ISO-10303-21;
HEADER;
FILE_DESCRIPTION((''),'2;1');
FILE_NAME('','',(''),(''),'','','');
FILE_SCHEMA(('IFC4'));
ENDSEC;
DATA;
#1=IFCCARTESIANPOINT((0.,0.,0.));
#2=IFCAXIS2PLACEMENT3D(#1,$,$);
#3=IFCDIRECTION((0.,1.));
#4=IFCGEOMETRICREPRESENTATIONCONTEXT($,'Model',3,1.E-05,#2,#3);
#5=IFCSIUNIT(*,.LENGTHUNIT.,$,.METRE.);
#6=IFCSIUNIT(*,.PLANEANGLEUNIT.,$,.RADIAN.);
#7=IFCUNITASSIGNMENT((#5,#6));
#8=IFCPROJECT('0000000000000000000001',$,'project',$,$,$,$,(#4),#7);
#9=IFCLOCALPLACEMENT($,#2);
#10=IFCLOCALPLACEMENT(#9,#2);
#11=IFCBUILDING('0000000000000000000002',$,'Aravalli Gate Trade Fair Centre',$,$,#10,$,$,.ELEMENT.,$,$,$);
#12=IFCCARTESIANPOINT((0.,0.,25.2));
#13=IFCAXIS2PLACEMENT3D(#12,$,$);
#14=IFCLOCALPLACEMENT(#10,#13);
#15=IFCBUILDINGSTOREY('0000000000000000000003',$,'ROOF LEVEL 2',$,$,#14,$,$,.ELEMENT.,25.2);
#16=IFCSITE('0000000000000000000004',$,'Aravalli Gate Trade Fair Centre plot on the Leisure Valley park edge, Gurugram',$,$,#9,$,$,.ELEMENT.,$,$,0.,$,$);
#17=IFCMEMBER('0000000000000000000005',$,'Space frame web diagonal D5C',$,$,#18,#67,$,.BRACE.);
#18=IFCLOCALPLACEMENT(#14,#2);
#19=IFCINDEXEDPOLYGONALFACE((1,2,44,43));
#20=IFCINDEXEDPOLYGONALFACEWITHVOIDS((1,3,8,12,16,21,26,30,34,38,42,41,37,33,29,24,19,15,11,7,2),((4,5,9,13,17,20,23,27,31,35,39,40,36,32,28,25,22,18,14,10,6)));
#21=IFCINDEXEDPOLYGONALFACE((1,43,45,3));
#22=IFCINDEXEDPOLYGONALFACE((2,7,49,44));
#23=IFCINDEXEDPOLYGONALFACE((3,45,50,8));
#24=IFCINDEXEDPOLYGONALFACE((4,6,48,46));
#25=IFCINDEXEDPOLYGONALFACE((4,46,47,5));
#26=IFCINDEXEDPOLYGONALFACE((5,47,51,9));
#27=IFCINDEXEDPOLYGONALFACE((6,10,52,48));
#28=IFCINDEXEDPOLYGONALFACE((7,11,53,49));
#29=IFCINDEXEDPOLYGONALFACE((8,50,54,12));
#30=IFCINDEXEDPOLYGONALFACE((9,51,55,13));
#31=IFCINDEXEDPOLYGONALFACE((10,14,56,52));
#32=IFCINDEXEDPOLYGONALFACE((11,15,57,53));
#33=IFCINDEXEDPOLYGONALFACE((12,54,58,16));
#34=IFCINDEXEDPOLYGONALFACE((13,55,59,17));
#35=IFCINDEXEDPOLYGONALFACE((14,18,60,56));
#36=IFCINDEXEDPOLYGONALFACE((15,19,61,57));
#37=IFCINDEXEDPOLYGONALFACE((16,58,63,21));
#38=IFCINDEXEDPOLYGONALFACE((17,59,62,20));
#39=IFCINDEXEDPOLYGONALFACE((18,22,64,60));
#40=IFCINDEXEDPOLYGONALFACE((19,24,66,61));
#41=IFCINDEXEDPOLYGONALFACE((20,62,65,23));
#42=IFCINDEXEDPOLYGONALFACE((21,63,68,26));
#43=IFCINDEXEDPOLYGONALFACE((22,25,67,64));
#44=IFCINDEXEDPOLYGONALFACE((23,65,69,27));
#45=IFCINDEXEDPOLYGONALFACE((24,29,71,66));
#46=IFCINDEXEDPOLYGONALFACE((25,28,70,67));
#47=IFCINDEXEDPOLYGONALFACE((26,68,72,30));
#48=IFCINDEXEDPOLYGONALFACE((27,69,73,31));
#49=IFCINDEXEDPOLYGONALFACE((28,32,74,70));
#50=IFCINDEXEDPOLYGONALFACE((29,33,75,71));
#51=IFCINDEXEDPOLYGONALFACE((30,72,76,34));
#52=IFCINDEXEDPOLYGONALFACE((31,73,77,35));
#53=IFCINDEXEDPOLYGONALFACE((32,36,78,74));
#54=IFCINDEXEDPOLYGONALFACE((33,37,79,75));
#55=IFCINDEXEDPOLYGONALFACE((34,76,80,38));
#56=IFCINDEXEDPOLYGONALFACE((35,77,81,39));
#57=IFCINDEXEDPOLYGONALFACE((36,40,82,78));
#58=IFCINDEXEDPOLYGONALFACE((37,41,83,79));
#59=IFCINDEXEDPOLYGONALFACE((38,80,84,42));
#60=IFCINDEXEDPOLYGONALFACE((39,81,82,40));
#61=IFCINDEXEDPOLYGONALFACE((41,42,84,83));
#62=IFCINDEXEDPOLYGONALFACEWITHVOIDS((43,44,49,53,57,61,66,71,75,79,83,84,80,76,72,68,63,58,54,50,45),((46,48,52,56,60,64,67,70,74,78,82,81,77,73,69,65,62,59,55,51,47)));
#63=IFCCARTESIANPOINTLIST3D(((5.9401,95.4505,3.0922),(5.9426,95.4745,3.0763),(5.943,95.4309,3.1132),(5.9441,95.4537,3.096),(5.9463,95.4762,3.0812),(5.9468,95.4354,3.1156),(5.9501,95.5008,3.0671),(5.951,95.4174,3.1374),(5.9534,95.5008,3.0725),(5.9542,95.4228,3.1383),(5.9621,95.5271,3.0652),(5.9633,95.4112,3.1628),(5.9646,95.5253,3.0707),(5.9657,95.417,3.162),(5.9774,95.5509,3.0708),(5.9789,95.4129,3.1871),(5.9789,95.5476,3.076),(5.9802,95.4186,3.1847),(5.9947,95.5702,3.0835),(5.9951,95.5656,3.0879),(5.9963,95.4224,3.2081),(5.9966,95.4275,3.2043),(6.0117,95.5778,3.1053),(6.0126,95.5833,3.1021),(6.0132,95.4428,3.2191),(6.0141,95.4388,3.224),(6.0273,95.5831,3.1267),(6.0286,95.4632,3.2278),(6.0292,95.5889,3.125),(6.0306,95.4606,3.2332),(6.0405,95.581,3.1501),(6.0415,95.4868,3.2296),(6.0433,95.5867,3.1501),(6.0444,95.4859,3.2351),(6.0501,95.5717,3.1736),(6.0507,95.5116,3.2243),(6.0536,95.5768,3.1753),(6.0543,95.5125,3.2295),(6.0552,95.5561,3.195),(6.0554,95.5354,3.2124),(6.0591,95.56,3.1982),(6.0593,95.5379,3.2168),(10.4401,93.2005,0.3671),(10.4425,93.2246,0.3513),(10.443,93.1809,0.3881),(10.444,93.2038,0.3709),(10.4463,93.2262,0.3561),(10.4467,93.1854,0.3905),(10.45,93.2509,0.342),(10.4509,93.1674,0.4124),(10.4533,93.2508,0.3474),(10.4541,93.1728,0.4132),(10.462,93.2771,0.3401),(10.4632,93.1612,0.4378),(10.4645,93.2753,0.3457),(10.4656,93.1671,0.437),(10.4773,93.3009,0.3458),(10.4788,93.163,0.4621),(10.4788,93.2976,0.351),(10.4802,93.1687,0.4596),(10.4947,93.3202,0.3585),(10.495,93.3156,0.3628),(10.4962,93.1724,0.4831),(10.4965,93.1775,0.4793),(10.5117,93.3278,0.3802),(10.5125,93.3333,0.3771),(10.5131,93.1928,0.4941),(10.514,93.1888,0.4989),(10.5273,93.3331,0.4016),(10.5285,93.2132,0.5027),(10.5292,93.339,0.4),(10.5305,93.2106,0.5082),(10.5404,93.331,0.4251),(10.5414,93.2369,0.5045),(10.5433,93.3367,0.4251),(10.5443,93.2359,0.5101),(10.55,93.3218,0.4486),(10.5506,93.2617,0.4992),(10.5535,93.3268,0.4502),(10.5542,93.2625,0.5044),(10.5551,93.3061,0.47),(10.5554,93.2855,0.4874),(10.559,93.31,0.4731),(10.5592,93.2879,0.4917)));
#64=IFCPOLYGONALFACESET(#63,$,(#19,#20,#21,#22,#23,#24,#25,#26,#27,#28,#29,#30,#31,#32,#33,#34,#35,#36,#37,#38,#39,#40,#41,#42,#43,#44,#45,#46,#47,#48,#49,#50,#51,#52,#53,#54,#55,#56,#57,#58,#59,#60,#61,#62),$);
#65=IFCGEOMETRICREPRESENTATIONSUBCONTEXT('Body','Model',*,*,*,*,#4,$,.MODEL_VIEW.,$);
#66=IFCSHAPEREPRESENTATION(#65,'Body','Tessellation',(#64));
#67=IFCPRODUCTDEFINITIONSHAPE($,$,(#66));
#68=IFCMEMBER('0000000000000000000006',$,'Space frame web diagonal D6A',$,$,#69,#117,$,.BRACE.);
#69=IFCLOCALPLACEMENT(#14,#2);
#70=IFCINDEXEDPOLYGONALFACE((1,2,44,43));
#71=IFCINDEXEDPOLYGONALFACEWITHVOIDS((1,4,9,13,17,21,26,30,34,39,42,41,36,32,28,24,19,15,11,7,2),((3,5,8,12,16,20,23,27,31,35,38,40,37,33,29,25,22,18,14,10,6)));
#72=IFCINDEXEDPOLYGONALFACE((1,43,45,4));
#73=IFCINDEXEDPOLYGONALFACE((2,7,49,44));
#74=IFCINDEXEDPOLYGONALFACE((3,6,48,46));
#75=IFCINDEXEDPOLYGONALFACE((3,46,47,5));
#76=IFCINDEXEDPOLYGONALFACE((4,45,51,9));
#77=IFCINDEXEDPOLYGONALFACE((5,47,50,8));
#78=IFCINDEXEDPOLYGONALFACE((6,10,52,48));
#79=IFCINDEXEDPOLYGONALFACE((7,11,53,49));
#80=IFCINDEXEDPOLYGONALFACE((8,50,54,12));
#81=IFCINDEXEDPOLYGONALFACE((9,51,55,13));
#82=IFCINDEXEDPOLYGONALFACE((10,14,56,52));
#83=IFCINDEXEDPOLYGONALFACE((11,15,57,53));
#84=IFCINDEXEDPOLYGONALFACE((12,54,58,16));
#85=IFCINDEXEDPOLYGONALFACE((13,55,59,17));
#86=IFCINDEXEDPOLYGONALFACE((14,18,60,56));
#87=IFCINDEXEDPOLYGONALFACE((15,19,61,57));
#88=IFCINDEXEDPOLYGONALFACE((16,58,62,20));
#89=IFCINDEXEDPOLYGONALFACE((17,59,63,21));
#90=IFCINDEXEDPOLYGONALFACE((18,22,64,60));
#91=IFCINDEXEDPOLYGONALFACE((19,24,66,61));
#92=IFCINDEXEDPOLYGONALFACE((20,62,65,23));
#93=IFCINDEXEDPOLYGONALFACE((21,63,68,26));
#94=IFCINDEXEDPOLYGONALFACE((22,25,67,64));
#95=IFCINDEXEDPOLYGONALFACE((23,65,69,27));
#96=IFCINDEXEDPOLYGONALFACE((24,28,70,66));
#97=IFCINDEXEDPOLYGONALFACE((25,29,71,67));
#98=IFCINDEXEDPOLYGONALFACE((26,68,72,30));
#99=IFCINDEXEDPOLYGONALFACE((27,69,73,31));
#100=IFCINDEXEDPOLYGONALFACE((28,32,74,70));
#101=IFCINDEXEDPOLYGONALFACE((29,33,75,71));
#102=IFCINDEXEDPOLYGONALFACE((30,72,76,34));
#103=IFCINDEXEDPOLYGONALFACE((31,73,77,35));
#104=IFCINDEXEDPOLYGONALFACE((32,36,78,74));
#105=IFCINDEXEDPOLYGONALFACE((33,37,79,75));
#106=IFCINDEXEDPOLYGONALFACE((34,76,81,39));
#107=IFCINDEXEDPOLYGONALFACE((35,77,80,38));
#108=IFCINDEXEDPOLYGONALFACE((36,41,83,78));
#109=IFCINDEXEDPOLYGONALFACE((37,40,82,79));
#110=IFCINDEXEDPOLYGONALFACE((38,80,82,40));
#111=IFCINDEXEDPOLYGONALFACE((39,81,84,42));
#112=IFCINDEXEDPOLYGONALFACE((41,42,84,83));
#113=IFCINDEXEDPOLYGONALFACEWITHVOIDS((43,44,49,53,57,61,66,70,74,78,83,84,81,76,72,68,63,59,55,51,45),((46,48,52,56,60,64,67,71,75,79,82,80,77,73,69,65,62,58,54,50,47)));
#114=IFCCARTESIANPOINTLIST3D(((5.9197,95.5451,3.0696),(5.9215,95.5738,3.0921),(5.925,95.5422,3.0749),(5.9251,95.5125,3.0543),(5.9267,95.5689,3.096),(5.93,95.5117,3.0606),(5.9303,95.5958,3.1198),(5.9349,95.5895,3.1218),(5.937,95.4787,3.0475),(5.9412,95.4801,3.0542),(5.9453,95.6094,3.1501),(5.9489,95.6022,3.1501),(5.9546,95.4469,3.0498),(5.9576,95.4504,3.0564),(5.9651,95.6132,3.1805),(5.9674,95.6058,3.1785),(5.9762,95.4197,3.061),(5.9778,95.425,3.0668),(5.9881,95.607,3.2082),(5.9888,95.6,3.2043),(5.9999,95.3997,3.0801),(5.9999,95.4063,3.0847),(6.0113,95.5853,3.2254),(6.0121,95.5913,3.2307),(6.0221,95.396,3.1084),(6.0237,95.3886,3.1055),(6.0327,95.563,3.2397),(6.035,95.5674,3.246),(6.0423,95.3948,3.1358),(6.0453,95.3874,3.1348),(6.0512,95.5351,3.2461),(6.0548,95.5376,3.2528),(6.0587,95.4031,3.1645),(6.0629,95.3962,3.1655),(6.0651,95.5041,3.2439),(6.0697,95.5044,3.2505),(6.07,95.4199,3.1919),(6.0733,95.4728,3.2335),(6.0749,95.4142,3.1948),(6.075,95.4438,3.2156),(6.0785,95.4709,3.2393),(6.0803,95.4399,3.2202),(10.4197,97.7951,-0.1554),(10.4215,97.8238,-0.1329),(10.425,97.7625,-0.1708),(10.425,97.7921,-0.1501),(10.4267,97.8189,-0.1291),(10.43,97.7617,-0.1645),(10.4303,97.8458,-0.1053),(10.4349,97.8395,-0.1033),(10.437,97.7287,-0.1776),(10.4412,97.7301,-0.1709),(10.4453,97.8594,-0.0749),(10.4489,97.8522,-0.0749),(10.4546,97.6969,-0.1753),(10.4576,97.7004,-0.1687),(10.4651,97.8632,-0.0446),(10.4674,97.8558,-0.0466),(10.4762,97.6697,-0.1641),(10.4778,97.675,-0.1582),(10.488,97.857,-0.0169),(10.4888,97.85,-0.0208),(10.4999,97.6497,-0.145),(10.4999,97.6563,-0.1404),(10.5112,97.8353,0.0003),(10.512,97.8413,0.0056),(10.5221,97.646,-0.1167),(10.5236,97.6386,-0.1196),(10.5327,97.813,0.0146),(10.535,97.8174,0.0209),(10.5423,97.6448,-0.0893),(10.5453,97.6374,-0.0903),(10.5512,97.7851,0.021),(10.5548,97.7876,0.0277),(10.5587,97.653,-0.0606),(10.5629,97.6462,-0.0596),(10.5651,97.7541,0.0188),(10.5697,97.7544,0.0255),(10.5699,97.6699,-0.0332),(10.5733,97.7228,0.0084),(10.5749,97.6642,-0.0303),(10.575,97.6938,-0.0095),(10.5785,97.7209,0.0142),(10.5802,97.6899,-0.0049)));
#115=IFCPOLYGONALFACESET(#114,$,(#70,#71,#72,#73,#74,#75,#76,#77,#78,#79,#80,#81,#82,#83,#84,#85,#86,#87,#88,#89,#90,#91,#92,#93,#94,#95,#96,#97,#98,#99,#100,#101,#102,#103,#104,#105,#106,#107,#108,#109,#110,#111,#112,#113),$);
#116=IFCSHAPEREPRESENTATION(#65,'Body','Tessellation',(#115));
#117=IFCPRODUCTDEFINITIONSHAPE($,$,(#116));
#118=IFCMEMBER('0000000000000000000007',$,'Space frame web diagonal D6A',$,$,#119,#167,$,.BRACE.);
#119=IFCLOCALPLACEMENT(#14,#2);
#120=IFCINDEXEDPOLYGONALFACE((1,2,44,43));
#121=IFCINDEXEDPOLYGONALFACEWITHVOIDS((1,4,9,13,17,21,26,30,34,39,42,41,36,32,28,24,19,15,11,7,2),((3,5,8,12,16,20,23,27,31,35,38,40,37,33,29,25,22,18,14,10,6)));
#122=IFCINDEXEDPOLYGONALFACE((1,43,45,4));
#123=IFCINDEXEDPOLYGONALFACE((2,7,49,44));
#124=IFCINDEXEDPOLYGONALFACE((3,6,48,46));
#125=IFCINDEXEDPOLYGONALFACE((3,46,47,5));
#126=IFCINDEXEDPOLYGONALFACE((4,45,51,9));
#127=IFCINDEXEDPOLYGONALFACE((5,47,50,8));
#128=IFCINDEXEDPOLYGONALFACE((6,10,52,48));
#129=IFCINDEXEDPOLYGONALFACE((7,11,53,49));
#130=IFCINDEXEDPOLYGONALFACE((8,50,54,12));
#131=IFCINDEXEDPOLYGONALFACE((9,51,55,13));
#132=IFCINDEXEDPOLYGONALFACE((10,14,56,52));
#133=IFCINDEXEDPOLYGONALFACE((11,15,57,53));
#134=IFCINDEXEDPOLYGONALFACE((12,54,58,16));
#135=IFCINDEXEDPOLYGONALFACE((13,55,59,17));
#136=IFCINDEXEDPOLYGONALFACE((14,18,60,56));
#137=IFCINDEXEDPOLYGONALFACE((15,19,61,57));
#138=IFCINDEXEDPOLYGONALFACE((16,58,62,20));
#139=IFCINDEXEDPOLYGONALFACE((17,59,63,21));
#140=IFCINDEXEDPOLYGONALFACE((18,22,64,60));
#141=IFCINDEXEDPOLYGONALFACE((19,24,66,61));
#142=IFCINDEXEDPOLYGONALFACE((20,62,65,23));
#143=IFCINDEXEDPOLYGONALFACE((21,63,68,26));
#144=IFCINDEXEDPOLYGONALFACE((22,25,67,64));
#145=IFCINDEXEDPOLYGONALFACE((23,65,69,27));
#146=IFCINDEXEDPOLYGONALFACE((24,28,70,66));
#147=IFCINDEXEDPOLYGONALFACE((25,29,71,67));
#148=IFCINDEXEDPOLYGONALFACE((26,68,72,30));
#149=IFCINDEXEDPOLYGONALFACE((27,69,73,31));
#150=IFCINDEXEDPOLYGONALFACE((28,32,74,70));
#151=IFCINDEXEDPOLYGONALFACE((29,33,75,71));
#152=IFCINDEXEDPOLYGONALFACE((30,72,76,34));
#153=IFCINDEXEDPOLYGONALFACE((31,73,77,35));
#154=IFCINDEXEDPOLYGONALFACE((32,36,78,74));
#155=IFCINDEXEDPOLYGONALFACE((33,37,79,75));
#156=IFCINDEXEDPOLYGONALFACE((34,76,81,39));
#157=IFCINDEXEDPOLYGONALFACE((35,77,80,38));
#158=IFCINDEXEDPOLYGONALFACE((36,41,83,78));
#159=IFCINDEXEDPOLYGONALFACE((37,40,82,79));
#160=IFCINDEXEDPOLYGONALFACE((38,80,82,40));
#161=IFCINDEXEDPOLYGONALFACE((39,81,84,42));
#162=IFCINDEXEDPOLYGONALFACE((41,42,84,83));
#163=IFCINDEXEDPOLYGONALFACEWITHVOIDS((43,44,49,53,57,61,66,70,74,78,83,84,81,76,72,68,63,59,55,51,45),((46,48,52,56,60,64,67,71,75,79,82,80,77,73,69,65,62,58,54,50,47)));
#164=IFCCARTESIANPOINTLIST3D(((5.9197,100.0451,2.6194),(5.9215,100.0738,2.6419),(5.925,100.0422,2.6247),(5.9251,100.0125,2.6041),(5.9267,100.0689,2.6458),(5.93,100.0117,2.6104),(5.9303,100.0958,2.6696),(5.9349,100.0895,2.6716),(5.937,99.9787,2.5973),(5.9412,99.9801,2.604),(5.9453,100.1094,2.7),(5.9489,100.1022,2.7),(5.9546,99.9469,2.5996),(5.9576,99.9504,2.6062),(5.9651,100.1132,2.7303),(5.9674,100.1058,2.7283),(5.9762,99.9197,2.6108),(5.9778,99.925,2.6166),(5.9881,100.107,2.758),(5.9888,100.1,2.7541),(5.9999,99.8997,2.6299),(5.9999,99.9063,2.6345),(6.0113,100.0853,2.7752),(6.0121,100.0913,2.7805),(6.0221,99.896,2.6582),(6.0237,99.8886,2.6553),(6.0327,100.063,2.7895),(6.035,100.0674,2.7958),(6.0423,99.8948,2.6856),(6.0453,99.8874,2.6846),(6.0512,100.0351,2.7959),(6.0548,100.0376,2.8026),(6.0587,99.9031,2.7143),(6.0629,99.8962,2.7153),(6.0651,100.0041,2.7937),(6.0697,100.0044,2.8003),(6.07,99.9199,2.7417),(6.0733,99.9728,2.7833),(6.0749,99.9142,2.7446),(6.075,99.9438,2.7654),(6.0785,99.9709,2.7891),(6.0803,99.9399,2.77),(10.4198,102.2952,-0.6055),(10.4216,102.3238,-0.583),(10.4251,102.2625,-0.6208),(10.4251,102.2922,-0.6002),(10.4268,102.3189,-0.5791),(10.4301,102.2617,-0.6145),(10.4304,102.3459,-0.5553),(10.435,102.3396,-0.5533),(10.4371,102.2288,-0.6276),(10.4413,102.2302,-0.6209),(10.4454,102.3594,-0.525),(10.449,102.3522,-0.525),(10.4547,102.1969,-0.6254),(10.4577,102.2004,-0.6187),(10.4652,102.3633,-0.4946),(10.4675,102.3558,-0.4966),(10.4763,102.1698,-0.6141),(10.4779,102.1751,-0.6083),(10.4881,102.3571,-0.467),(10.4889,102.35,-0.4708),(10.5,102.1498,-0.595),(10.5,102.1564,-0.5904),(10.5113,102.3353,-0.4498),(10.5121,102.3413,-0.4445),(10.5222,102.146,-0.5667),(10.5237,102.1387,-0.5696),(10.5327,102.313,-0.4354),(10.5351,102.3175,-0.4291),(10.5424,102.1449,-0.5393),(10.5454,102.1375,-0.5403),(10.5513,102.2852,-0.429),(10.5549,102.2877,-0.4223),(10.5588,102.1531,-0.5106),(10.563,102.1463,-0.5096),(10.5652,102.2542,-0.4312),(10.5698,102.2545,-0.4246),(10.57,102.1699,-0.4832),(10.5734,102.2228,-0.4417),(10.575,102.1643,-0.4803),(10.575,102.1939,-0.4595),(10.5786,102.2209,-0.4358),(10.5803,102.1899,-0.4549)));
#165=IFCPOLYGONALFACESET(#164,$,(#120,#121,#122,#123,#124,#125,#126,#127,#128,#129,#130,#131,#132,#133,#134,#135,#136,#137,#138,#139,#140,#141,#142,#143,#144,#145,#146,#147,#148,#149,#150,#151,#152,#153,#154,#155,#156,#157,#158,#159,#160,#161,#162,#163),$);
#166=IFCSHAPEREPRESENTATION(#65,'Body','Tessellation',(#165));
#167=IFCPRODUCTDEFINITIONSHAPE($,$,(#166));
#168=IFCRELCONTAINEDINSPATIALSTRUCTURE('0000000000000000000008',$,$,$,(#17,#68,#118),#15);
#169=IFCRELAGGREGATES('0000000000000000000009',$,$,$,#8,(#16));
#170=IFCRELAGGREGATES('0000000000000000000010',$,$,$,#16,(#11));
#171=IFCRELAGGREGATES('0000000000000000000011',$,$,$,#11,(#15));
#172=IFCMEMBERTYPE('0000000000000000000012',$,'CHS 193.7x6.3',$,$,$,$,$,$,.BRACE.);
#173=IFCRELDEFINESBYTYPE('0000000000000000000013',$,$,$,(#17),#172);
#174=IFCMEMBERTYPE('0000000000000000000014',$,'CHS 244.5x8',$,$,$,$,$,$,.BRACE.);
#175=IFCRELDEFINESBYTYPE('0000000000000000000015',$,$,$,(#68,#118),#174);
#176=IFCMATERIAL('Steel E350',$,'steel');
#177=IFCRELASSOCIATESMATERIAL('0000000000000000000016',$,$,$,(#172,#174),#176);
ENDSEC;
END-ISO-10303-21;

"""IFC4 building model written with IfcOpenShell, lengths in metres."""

from ifc_helpers import new_model, si_unit, direction, frame, origin, origin_2d, place, context, subcontext, project, spatial, hollow_circle, extrude, material, material_profile, profile_set, type_object, element, save


model = new_model("IFC4")

# Units and contexts
model_context = context("Model", 3, precision=1e-05, world=origin(), true_north=direction((0.0, 1.0)))
body_context = subcontext(model_context, "Body", "Model", "MODEL_VIEW")
ifc_project = project(units=[si_unit("LENGTHUNIT", "METRE"), si_unit("PLANEANGLEUNIT", "RADIAN")], contexts=[model_context])

# Site, building, storey
site_placement = place(None, origin())
site = spatial("IfcSite", under=ifc_project, at=site_placement, Name="Aravalli Gate Trade Fair Centre plot on the Leisure Valley park edge, Gurugram", CompositionType="ELEMENT", RefElevation=0.0)
building_placement = place(site_placement, origin())
building = spatial("IfcBuilding", under=site, at=building_placement, Name="Aravalli Gate Trade Fair Centre", CompositionType="ELEMENT")
storey_placement = place(building_placement, frame((0.0, 0.0, 25.2)))
storey = spatial("IfcBuildingStorey", under=building, at=storey_placement, Name="ROOF LEVEL 2", CompositionType="ELEMENT", Elevation=25.2)

# Members
ifc_material_1 = material(Name="Steel E350", Category="steel")
ifc_material_profile_1 = material_profile(ifc_material_1, hollow_circle(Radius=0.0969, WallThickness=0.0063, at=origin_2d()), Name="CHS 193.7x6.3")
ifc_profile_set_1 = profile_set([ifc_material_profile_1], Name="Steel E350")
member_type_1 = type_object("IfcMemberType", Name="CHS 193.7x6.3", PredefinedType="BRACE", material=ifc_profile_set_1)
member_1_placement = place(storey_placement, frame((6.0, 95.5, 3.1501), z_axis=(0.78647, -0.393235, -0.476268), x_axis=(0.447214, 0.894427, 0.0)))
element("IfcMember", 1, at=member_1_placement, inside=storey, type_object=member_type_1, Name="Space frame web diagonal D5C", PredefinedType="BRACE", context=body_context, shape_type="SweptSolid", body=[
    extrude(hollow_circle(Radius=0.0969, WallThickness=0.0063, at=origin_2d()), origin(), (0.0, 0.0, 1.0), 5.7217),
])
ifc_material_profile_2 = material_profile(ifc_material_1, hollow_circle(Radius=0.1223, WallThickness=0.0081, at=origin_2d()), Name="CHS 244.5x8")
ifc_profile_set_2 = profile_set([ifc_material_profile_2], Name="Steel E350")
member_type_2 = type_object("IfcMemberType", Name="CHS 244.5x8", PredefinedType="BRACE", material=ifc_profile_set_2)
for number, where, z_axis, x_axis, name in (
    (2, (6.0, 95.5, 3.1501), (0.753, 0.3765, -0.539666), (-0.447214, 0.894427, 0.0), "Space frame web diagonal D6A"),
    (3, (6.0, 100.0, 2.7), (0.753016, 0.376508, -0.539637), (-0.447214, 0.894427, 0.0), "Space frame web diagonal D6A"),
):
    element("IfcMember", number, at=place(storey_placement, frame(where, z_axis=z_axis, x_axis=x_axis)), inside=storey, type_object=member_type_2, Name=name, PredefinedType="BRACE", context=body_context, shape_type="SweptSolid", body=[
        extrude(hollow_circle(Radius=0.1223, WallThickness=0.0081, at=origin_2d()), origin(), (0.0, 0.0, 1.0), 5.9761),
    ])

save(model, "model.ifc")
